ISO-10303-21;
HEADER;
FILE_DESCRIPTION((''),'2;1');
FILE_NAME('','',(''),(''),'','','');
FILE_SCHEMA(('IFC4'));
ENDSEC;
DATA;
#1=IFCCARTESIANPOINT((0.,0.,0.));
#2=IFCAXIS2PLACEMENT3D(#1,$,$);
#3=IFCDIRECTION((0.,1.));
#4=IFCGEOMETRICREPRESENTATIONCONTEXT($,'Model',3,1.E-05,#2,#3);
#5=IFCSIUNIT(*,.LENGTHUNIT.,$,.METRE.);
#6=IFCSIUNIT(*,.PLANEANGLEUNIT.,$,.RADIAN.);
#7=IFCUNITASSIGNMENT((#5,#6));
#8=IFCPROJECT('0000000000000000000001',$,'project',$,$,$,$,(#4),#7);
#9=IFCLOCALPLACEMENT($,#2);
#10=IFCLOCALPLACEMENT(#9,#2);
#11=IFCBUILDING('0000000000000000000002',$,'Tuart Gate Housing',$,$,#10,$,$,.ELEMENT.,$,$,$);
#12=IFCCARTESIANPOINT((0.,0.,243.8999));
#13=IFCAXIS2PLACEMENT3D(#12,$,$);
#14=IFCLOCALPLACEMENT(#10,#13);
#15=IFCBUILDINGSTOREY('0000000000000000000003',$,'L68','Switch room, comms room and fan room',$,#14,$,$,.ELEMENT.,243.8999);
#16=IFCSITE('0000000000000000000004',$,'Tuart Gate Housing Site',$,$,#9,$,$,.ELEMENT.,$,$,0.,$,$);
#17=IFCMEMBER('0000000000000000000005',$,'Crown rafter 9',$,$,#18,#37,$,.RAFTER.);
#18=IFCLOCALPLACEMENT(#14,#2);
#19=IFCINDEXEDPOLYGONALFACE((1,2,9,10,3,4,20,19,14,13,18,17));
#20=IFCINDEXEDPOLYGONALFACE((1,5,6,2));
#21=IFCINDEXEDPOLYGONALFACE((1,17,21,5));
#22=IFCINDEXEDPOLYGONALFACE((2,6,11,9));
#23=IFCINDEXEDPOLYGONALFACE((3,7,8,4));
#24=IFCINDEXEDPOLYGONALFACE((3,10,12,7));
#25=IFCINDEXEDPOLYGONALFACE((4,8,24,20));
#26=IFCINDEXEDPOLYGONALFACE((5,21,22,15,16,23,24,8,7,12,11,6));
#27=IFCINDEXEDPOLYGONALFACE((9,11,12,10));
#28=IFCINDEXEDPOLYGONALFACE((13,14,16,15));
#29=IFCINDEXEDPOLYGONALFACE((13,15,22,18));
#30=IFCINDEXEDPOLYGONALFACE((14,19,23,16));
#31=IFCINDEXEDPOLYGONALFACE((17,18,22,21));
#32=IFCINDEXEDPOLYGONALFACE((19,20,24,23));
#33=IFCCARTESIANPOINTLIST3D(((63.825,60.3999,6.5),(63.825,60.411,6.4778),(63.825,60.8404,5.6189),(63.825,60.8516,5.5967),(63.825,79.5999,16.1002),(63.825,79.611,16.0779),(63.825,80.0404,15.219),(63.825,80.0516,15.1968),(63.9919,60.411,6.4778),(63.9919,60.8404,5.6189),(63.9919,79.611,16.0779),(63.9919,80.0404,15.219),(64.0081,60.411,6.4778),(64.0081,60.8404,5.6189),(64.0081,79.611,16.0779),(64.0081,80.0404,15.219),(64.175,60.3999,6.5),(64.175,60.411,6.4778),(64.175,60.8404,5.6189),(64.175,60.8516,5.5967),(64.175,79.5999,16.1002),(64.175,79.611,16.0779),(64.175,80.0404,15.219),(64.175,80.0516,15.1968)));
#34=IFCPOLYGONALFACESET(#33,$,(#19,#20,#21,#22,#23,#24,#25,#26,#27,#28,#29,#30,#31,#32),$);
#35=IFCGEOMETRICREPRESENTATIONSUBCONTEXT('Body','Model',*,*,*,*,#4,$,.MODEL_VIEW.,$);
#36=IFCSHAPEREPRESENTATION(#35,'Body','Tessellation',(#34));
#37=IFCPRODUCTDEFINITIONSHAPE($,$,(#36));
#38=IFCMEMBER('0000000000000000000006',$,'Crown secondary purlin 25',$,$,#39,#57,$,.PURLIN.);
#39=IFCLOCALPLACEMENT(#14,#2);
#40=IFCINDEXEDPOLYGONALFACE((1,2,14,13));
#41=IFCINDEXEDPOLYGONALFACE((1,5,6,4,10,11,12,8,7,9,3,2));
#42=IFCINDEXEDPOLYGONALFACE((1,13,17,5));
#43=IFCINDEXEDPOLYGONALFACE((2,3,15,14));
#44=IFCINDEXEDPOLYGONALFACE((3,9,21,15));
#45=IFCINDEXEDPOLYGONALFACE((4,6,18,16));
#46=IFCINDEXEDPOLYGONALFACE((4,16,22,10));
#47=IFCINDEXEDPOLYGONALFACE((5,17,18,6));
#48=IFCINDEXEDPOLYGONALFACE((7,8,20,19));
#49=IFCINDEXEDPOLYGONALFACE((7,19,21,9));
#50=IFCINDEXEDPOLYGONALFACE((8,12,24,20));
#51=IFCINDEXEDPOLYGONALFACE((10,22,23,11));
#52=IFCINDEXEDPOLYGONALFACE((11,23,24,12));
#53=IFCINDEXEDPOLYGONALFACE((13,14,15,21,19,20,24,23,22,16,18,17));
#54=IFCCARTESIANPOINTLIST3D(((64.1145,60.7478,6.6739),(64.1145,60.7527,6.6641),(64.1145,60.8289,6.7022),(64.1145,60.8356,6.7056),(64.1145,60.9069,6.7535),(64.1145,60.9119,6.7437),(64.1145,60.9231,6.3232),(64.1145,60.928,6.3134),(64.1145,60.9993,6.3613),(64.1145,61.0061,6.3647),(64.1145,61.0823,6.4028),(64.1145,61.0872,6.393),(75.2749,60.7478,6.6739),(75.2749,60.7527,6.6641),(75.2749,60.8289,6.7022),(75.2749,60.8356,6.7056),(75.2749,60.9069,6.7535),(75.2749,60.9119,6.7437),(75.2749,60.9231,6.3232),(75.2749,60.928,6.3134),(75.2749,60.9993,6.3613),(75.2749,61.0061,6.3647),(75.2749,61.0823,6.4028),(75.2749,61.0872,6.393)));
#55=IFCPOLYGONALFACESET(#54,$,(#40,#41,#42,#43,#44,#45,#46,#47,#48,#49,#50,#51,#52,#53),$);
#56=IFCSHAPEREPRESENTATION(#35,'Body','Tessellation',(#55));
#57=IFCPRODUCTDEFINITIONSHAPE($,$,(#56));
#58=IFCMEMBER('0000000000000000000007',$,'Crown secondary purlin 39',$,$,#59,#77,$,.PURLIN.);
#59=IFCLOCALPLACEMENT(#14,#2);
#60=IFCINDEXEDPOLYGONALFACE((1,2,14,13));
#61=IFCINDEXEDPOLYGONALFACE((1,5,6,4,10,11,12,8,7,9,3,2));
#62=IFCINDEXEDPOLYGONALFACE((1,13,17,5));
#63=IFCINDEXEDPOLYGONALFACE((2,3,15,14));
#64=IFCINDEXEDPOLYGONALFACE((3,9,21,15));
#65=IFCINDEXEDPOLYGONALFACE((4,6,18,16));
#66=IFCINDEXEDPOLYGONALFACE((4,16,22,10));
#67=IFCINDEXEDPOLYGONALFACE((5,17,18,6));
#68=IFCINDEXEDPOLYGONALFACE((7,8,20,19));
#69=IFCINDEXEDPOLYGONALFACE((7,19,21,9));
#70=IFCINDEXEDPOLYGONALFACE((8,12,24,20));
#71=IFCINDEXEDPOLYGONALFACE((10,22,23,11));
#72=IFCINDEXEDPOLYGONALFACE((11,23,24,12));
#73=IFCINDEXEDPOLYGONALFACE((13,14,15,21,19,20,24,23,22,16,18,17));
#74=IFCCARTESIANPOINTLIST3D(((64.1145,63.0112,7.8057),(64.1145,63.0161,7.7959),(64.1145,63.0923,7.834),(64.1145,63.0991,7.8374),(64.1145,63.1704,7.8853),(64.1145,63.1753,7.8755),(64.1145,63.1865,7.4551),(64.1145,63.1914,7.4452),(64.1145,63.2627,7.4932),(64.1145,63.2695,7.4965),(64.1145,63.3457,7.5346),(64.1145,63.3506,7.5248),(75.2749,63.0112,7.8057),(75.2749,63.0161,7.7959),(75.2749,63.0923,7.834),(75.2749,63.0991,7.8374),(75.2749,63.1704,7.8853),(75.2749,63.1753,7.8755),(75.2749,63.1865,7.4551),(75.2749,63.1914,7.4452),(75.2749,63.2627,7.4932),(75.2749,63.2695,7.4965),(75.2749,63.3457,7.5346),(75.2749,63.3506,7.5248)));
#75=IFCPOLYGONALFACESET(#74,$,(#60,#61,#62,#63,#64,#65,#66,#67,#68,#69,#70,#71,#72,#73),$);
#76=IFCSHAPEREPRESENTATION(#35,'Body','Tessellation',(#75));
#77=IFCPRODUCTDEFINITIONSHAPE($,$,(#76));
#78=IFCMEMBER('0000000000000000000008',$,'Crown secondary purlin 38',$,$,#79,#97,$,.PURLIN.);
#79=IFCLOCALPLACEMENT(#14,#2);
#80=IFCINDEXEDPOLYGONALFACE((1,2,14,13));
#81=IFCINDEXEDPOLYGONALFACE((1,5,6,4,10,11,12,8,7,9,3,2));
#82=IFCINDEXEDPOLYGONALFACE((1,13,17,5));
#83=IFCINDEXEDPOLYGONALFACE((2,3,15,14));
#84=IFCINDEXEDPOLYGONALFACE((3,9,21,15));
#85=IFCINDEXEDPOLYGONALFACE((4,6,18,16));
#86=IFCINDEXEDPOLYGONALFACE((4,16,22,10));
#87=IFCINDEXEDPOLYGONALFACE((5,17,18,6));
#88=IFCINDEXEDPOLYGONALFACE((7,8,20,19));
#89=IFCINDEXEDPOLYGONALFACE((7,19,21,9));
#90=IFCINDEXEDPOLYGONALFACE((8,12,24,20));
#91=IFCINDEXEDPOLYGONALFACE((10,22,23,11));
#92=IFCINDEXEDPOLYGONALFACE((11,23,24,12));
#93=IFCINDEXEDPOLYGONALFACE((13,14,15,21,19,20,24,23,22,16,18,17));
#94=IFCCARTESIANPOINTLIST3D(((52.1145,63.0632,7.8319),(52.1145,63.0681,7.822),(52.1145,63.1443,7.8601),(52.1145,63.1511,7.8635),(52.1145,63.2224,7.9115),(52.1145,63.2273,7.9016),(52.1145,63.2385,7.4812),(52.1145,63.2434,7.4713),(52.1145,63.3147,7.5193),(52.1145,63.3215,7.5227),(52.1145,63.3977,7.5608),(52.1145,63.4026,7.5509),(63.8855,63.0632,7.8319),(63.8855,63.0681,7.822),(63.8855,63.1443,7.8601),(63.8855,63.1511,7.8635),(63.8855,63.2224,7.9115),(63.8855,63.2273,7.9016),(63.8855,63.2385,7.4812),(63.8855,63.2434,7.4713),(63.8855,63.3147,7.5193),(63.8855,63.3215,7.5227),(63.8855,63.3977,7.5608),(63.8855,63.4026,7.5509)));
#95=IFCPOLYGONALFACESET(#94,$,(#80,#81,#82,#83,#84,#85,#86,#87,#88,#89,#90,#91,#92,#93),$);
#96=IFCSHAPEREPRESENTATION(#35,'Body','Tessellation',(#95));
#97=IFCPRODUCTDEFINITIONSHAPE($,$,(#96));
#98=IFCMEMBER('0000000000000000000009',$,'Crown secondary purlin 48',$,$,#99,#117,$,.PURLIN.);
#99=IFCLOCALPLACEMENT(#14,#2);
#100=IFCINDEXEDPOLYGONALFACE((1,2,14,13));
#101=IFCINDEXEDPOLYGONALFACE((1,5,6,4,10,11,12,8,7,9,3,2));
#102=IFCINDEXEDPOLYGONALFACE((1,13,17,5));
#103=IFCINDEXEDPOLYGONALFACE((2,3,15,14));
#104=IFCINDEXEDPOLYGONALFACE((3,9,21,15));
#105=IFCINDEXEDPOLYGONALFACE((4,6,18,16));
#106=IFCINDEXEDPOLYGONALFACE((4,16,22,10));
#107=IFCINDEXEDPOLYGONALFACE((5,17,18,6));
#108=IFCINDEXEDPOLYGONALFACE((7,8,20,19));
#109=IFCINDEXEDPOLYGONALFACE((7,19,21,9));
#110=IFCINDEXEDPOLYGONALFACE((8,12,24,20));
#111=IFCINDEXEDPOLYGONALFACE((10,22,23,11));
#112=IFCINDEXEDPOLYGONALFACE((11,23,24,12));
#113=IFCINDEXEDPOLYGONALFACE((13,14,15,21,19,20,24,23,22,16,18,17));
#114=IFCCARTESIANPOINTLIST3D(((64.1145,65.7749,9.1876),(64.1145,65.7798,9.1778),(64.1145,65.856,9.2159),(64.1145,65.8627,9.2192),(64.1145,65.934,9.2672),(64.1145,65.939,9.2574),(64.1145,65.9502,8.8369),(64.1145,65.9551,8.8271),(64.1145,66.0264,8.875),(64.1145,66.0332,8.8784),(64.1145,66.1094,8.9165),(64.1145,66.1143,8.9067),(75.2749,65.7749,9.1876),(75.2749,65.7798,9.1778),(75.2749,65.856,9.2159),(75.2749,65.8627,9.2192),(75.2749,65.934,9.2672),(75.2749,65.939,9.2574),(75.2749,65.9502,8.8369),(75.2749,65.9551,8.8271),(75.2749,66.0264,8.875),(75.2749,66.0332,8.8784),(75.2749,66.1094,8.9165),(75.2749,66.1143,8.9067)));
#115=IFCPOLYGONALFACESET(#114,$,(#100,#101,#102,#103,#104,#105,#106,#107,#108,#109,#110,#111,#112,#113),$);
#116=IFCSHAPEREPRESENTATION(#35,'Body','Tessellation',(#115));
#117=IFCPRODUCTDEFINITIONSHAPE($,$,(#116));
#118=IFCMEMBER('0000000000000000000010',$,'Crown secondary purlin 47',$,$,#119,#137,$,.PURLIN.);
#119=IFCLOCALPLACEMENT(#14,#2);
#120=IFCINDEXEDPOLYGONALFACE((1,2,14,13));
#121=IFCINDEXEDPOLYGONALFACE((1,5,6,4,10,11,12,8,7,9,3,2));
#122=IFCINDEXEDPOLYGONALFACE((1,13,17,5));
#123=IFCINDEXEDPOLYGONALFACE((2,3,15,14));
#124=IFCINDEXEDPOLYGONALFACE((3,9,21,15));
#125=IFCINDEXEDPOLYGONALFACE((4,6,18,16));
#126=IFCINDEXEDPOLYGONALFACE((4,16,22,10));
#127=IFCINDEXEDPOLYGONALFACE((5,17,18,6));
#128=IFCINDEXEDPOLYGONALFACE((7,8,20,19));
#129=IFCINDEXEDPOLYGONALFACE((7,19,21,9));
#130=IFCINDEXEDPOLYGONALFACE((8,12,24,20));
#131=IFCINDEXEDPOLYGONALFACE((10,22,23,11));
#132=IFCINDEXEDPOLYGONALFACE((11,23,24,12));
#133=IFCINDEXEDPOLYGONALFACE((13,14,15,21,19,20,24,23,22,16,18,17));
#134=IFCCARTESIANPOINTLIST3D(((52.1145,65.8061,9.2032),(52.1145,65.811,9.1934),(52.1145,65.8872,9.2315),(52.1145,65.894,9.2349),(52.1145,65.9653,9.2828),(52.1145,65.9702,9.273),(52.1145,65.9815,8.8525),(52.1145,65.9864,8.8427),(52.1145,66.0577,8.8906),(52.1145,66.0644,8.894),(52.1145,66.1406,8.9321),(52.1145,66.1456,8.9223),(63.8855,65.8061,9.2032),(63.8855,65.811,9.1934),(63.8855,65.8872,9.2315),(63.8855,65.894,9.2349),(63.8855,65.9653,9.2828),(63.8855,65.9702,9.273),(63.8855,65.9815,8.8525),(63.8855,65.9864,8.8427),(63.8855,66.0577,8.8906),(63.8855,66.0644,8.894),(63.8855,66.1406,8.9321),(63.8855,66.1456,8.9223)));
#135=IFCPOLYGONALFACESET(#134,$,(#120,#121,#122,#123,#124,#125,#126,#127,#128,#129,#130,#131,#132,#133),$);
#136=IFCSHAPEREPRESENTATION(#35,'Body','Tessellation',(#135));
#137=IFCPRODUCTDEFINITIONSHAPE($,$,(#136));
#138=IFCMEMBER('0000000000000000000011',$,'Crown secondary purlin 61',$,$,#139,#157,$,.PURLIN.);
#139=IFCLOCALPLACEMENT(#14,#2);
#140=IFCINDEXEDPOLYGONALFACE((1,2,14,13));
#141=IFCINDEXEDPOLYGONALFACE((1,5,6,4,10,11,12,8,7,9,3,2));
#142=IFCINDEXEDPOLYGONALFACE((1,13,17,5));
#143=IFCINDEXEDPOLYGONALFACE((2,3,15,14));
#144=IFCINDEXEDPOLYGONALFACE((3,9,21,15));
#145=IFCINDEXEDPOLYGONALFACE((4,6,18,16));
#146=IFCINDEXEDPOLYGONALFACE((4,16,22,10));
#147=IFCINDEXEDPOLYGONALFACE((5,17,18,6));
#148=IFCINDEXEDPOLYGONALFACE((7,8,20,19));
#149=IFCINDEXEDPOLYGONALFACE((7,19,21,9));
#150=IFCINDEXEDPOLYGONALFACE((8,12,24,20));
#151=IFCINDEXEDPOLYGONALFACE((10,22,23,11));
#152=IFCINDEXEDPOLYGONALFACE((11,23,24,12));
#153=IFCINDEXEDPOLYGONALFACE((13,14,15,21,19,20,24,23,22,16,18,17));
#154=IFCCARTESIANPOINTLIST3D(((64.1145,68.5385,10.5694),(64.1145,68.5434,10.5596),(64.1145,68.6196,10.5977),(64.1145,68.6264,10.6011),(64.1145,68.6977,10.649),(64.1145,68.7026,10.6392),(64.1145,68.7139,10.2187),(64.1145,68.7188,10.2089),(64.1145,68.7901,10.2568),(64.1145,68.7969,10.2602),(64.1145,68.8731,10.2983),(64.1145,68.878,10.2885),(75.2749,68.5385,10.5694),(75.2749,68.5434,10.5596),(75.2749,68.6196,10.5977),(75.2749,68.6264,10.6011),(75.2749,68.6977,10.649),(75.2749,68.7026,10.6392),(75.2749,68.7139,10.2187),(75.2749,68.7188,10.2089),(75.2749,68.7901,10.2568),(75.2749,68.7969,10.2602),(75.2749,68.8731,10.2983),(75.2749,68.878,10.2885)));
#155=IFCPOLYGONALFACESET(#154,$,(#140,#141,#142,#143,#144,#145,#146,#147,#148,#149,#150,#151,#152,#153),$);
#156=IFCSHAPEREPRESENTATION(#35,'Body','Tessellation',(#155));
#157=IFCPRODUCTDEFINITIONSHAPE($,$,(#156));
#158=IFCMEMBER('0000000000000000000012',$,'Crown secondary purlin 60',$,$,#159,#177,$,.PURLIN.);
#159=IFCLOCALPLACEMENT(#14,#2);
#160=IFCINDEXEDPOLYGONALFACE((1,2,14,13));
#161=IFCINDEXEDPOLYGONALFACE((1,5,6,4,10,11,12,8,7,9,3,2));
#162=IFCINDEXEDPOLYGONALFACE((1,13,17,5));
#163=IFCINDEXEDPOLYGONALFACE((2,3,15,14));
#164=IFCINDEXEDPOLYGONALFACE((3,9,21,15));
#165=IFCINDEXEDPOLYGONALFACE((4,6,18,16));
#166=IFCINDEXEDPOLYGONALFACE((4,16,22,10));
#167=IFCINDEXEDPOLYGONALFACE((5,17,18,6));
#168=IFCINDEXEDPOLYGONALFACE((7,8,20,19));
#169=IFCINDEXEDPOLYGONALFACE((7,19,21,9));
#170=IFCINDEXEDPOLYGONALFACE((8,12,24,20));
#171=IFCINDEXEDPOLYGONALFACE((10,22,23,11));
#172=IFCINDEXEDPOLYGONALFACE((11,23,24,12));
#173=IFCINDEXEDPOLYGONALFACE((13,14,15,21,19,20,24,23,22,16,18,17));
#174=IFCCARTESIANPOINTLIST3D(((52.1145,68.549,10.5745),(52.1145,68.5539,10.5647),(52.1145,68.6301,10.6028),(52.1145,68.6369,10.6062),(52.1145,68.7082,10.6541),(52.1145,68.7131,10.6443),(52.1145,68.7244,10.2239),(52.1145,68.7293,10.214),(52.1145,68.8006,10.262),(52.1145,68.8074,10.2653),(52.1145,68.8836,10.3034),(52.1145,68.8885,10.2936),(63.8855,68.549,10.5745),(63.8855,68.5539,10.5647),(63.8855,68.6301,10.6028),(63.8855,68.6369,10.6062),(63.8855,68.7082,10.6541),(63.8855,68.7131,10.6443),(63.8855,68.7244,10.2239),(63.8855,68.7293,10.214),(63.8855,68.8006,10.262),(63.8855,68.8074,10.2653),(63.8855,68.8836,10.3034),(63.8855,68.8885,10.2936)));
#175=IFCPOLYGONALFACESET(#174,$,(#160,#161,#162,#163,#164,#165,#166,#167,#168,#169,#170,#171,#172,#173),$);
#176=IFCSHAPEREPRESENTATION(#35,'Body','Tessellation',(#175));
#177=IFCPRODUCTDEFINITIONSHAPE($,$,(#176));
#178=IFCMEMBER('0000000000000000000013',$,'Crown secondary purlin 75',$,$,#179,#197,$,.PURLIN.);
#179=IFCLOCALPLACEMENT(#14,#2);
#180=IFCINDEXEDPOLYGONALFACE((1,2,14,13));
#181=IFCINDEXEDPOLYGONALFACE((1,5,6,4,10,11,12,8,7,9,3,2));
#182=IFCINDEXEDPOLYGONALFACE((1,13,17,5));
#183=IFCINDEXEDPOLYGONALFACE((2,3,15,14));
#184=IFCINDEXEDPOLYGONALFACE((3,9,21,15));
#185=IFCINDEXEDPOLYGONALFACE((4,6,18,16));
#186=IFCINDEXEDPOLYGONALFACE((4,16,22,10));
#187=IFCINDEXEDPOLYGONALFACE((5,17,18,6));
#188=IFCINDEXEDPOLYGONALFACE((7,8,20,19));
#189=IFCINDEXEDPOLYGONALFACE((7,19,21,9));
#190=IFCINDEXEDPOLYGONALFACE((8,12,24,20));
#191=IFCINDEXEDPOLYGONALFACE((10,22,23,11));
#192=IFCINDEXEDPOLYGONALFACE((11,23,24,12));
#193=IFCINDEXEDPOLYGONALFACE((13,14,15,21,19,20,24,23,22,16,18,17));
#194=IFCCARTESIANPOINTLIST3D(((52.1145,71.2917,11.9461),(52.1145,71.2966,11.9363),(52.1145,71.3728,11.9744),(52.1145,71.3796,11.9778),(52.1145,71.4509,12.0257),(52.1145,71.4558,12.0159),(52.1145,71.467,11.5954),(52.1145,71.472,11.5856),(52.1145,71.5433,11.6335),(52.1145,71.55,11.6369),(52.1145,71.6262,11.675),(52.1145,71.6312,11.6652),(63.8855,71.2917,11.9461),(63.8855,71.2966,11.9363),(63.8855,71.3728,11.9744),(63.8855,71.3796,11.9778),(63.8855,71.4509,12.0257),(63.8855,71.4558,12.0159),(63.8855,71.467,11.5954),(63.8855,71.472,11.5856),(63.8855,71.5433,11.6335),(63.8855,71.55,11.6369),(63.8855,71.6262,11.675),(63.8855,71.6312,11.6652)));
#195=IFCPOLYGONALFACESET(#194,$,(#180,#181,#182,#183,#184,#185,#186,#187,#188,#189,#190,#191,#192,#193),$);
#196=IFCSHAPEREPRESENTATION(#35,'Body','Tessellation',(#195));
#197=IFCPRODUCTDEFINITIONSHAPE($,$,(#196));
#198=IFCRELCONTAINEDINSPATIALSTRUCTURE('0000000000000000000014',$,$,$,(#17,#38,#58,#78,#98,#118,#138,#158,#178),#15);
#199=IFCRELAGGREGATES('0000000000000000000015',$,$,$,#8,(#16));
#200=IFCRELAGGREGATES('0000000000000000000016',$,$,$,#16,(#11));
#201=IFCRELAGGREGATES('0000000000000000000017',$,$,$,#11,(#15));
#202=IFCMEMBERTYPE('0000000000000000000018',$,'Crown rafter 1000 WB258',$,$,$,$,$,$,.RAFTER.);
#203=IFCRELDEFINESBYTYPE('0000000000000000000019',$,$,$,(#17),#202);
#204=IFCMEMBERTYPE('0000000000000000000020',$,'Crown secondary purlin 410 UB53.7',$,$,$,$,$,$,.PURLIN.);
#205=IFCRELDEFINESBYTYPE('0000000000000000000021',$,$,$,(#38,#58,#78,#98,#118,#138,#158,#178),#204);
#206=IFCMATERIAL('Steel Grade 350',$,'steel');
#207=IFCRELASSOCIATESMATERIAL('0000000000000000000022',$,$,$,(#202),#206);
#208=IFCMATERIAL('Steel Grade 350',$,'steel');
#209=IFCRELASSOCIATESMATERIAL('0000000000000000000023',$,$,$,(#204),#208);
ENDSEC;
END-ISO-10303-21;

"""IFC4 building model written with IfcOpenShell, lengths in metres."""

from ifc_helpers import new_model, si_unit, direction, frame, origin, origin_2d, place, context, subcontext, project, spatial, i_section, extrude, material, material_profile, profile_set, type_object, element, save


model = new_model("IFC4")

# Units and contexts
model_context = context("Model", 3, precision=1e-05, world=origin(), true_north=direction((0.0, 1.0)))
body_context = subcontext(model_context, "Body", "Model", "MODEL_VIEW")
ifc_project = project(units=[si_unit("LENGTHUNIT", "METRE"), si_unit("PLANEANGLEUNIT", "RADIAN")], contexts=[model_context])

# Site, building, storey
site_placement = place(None, origin())
site = spatial("IfcSite", under=ifc_project, at=site_placement, Name="Tuart Gate Housing Site", CompositionType="ELEMENT", RefElevation=0.0)
building_placement = place(site_placement, origin())
building = spatial("IfcBuilding", under=site, at=building_placement, Name="Tuart Gate Housing", CompositionType="ELEMENT")
storey_placement = place(building_placement, frame((0.0, 0.0, 243.8999)))
storey = spatial("IfcBuildingStorey", under=building, at=storey_placement, Name="L68", Description="Switch room, comms room and fan room", CompositionType="ELEMENT", Elevation=243.8999)

# Members
ifc_material_1 = material(Name="Steel Grade 350", Category="steel")
ifc_material_profile_1 = material_profile(ifc_material_1, i_section(OverallWidth=0.3501, OverallDepth=1.01, WebThickness=0.0161, FlangeThickness=0.0249, at=origin_2d()), Name="1000WB258")
ifc_profile_set_1 = profile_set([ifc_material_profile_1], Name="Steel Grade 350")
member_type_1 = type_object("IfcMemberType", Name="Crown rafter 1000 WB258", PredefinedType="RAFTER", material=ifc_profile_set_1)
member_1_placement = place(storey_placement, frame((64.0, 60.6257, 6.0483), z_axis=(0.0, 0.894425, 0.447218), x_axis=(-1.0, 0.0, 0.0)))
element("IfcMember", 1, at=member_1_placement, inside=storey, type_object=member_type_1, Name="Crown rafter 9", PredefinedType="RAFTER", context=body_context, shape_type="SweptSolid", body=[
    extrude(i_section(OverallWidth=0.3501, OverallDepth=1.01, WebThickness=0.0161, FlangeThickness=0.0249, at=origin_2d()), origin(), (0.0, 0.0, 1.0), 21.4663),
])
ifc_material_2 = material(Name="Steel Grade 350", Category="steel")
ifc_material_profile_2 = material_profile(ifc_material_2, i_section(OverallWidth=0.178, OverallDepth=0.4031, WebThickness=0.0076, FlangeThickness=0.011, at=origin_2d()), Name="410UB53.7")
ifc_profile_set_2 = profile_set([ifc_material_profile_2], Name="Steel Grade 350")
member_type_2 = type_object("IfcMemberType", Name="Crown secondary purlin 410 UB53.7", PredefinedType="PURLIN", material=ifc_profile_set_2)
for number, where, z_axis, x_axis, name in (
    (2, (64.1145, 60.9175, 6.5334), (1.0, 0.0, 0.0), (0.0, 0.894427, 0.447214), "Crown secondary purlin 25"),
    (3, (64.1145, 63.1809, 7.6653), (1.0, 0.0, 0.0), (0.0, 0.894427, 0.447214), "Crown secondary purlin 39"),
):
    element("IfcMember", number, at=place(storey_placement, frame(where, z_axis=z_axis, x_axis=x_axis)), inside=storey, type_object=member_type_2, Name=name, PredefinedType="PURLIN", context=body_context, shape_type="SweptSolid", body=[
        extrude(i_section(OverallWidth=0.178, OverallDepth=0.4031, WebThickness=0.0076, FlangeThickness=0.011, at=origin_2d()), origin(), (0.0, 0.0, 1.0), 11.1604),
    ])
member_2_placement = place(storey_placement, frame((52.1145, 63.2329, 7.6914), z_axis=(1.0, 0.0, 0.0), x_axis=(0.0, 0.894427, 0.447214)))
element("IfcMember", 4, at=member_2_placement, inside=storey, type_object=member_type_2, Name="Crown secondary purlin 38", PredefinedType="PURLIN", context=body_context, shape_type="SweptSolid", body=[
    extrude(i_section(OverallWidth=0.178, OverallDepth=0.4031, WebThickness=0.0076, FlangeThickness=0.011, at=origin_2d()), origin(), (0.0, 0.0, 1.0), 11.771),
])
member_3_placement = place(storey_placement, frame((64.1145, 65.9446, 9.0471), z_axis=(1.0, 0.0, 0.0), x_axis=(0.0, 0.894427, 0.447214)))
element("IfcMember", 5, at=member_3_placement, inside=storey, type_object=member_type_2, Name="Crown secondary purlin 48", PredefinedType="PURLIN", context=body_context, shape_type="SweptSolid", body=[
    extrude(i_section(OverallWidth=0.178, OverallDepth=0.4031, WebThickness=0.0076, FlangeThickness=0.011, at=origin_2d()), origin(), (0.0, 0.0, 1.0), 11.1604),
])
member_4_placement = place(storey_placement, frame((52.1145, 65.9758, 9.0627), z_axis=(1.0, 0.0, 0.0), x_axis=(0.0, 0.894427, 0.447214)))
element("IfcMember", 6, at=member_4_placement, inside=storey, type_object=member_type_2, Name="Crown secondary purlin 47", PredefinedType="PURLIN", context=body_context, shape_type="SweptSolid", body=[
    extrude(i_section(OverallWidth=0.178, OverallDepth=0.4031, WebThickness=0.0076, FlangeThickness=0.011, at=origin_2d()), origin(), (0.0, 0.0, 1.0), 11.771),
])
member_5_placement = place(storey_placement, frame((64.1145, 68.7083, 10.429), z_axis=(1.0, 0.0, 0.0), x_axis=(0.0, 0.894427, 0.447214)))
element("IfcMember", 7, at=member_5_placement, inside=storey, type_object=member_type_2, Name="Crown secondary purlin 61", PredefinedType="PURLIN", context=body_context, shape_type="SweptSolid", body=[
    extrude(i_section(OverallWidth=0.178, OverallDepth=0.4031, WebThickness=0.0076, FlangeThickness=0.011, at=origin_2d()), origin(), (0.0, 0.0, 1.0), 11.1604),
])
for number, where, z_axis, x_axis, name in (
    (8, (52.1145, 68.7188, 10.4341), (1.0, 0.0, 0.0), (0.0, 0.894427, 0.447214), "Crown secondary purlin 60"),
    (9, (52.1145, 71.4614, 11.8057), (1.0, 0.0, 0.0), (0.0, 0.894427, 0.447214), "Crown secondary purlin 75"),
):
    element("IfcMember", number, at=place(storey_placement, frame(where, z_axis=z_axis, x_axis=x_axis)), inside=storey, type_object=member_type_2, Name=name, PredefinedType="PURLIN", context=body_context, shape_type="SweptSolid", body=[
        extrude(i_section(OverallWidth=0.178, OverallDepth=0.4031, WebThickness=0.0076, FlangeThickness=0.011, at=origin_2d()), origin(), (0.0, 0.0, 1.0), 11.771),
    ])

save(model, "model.ifc")
